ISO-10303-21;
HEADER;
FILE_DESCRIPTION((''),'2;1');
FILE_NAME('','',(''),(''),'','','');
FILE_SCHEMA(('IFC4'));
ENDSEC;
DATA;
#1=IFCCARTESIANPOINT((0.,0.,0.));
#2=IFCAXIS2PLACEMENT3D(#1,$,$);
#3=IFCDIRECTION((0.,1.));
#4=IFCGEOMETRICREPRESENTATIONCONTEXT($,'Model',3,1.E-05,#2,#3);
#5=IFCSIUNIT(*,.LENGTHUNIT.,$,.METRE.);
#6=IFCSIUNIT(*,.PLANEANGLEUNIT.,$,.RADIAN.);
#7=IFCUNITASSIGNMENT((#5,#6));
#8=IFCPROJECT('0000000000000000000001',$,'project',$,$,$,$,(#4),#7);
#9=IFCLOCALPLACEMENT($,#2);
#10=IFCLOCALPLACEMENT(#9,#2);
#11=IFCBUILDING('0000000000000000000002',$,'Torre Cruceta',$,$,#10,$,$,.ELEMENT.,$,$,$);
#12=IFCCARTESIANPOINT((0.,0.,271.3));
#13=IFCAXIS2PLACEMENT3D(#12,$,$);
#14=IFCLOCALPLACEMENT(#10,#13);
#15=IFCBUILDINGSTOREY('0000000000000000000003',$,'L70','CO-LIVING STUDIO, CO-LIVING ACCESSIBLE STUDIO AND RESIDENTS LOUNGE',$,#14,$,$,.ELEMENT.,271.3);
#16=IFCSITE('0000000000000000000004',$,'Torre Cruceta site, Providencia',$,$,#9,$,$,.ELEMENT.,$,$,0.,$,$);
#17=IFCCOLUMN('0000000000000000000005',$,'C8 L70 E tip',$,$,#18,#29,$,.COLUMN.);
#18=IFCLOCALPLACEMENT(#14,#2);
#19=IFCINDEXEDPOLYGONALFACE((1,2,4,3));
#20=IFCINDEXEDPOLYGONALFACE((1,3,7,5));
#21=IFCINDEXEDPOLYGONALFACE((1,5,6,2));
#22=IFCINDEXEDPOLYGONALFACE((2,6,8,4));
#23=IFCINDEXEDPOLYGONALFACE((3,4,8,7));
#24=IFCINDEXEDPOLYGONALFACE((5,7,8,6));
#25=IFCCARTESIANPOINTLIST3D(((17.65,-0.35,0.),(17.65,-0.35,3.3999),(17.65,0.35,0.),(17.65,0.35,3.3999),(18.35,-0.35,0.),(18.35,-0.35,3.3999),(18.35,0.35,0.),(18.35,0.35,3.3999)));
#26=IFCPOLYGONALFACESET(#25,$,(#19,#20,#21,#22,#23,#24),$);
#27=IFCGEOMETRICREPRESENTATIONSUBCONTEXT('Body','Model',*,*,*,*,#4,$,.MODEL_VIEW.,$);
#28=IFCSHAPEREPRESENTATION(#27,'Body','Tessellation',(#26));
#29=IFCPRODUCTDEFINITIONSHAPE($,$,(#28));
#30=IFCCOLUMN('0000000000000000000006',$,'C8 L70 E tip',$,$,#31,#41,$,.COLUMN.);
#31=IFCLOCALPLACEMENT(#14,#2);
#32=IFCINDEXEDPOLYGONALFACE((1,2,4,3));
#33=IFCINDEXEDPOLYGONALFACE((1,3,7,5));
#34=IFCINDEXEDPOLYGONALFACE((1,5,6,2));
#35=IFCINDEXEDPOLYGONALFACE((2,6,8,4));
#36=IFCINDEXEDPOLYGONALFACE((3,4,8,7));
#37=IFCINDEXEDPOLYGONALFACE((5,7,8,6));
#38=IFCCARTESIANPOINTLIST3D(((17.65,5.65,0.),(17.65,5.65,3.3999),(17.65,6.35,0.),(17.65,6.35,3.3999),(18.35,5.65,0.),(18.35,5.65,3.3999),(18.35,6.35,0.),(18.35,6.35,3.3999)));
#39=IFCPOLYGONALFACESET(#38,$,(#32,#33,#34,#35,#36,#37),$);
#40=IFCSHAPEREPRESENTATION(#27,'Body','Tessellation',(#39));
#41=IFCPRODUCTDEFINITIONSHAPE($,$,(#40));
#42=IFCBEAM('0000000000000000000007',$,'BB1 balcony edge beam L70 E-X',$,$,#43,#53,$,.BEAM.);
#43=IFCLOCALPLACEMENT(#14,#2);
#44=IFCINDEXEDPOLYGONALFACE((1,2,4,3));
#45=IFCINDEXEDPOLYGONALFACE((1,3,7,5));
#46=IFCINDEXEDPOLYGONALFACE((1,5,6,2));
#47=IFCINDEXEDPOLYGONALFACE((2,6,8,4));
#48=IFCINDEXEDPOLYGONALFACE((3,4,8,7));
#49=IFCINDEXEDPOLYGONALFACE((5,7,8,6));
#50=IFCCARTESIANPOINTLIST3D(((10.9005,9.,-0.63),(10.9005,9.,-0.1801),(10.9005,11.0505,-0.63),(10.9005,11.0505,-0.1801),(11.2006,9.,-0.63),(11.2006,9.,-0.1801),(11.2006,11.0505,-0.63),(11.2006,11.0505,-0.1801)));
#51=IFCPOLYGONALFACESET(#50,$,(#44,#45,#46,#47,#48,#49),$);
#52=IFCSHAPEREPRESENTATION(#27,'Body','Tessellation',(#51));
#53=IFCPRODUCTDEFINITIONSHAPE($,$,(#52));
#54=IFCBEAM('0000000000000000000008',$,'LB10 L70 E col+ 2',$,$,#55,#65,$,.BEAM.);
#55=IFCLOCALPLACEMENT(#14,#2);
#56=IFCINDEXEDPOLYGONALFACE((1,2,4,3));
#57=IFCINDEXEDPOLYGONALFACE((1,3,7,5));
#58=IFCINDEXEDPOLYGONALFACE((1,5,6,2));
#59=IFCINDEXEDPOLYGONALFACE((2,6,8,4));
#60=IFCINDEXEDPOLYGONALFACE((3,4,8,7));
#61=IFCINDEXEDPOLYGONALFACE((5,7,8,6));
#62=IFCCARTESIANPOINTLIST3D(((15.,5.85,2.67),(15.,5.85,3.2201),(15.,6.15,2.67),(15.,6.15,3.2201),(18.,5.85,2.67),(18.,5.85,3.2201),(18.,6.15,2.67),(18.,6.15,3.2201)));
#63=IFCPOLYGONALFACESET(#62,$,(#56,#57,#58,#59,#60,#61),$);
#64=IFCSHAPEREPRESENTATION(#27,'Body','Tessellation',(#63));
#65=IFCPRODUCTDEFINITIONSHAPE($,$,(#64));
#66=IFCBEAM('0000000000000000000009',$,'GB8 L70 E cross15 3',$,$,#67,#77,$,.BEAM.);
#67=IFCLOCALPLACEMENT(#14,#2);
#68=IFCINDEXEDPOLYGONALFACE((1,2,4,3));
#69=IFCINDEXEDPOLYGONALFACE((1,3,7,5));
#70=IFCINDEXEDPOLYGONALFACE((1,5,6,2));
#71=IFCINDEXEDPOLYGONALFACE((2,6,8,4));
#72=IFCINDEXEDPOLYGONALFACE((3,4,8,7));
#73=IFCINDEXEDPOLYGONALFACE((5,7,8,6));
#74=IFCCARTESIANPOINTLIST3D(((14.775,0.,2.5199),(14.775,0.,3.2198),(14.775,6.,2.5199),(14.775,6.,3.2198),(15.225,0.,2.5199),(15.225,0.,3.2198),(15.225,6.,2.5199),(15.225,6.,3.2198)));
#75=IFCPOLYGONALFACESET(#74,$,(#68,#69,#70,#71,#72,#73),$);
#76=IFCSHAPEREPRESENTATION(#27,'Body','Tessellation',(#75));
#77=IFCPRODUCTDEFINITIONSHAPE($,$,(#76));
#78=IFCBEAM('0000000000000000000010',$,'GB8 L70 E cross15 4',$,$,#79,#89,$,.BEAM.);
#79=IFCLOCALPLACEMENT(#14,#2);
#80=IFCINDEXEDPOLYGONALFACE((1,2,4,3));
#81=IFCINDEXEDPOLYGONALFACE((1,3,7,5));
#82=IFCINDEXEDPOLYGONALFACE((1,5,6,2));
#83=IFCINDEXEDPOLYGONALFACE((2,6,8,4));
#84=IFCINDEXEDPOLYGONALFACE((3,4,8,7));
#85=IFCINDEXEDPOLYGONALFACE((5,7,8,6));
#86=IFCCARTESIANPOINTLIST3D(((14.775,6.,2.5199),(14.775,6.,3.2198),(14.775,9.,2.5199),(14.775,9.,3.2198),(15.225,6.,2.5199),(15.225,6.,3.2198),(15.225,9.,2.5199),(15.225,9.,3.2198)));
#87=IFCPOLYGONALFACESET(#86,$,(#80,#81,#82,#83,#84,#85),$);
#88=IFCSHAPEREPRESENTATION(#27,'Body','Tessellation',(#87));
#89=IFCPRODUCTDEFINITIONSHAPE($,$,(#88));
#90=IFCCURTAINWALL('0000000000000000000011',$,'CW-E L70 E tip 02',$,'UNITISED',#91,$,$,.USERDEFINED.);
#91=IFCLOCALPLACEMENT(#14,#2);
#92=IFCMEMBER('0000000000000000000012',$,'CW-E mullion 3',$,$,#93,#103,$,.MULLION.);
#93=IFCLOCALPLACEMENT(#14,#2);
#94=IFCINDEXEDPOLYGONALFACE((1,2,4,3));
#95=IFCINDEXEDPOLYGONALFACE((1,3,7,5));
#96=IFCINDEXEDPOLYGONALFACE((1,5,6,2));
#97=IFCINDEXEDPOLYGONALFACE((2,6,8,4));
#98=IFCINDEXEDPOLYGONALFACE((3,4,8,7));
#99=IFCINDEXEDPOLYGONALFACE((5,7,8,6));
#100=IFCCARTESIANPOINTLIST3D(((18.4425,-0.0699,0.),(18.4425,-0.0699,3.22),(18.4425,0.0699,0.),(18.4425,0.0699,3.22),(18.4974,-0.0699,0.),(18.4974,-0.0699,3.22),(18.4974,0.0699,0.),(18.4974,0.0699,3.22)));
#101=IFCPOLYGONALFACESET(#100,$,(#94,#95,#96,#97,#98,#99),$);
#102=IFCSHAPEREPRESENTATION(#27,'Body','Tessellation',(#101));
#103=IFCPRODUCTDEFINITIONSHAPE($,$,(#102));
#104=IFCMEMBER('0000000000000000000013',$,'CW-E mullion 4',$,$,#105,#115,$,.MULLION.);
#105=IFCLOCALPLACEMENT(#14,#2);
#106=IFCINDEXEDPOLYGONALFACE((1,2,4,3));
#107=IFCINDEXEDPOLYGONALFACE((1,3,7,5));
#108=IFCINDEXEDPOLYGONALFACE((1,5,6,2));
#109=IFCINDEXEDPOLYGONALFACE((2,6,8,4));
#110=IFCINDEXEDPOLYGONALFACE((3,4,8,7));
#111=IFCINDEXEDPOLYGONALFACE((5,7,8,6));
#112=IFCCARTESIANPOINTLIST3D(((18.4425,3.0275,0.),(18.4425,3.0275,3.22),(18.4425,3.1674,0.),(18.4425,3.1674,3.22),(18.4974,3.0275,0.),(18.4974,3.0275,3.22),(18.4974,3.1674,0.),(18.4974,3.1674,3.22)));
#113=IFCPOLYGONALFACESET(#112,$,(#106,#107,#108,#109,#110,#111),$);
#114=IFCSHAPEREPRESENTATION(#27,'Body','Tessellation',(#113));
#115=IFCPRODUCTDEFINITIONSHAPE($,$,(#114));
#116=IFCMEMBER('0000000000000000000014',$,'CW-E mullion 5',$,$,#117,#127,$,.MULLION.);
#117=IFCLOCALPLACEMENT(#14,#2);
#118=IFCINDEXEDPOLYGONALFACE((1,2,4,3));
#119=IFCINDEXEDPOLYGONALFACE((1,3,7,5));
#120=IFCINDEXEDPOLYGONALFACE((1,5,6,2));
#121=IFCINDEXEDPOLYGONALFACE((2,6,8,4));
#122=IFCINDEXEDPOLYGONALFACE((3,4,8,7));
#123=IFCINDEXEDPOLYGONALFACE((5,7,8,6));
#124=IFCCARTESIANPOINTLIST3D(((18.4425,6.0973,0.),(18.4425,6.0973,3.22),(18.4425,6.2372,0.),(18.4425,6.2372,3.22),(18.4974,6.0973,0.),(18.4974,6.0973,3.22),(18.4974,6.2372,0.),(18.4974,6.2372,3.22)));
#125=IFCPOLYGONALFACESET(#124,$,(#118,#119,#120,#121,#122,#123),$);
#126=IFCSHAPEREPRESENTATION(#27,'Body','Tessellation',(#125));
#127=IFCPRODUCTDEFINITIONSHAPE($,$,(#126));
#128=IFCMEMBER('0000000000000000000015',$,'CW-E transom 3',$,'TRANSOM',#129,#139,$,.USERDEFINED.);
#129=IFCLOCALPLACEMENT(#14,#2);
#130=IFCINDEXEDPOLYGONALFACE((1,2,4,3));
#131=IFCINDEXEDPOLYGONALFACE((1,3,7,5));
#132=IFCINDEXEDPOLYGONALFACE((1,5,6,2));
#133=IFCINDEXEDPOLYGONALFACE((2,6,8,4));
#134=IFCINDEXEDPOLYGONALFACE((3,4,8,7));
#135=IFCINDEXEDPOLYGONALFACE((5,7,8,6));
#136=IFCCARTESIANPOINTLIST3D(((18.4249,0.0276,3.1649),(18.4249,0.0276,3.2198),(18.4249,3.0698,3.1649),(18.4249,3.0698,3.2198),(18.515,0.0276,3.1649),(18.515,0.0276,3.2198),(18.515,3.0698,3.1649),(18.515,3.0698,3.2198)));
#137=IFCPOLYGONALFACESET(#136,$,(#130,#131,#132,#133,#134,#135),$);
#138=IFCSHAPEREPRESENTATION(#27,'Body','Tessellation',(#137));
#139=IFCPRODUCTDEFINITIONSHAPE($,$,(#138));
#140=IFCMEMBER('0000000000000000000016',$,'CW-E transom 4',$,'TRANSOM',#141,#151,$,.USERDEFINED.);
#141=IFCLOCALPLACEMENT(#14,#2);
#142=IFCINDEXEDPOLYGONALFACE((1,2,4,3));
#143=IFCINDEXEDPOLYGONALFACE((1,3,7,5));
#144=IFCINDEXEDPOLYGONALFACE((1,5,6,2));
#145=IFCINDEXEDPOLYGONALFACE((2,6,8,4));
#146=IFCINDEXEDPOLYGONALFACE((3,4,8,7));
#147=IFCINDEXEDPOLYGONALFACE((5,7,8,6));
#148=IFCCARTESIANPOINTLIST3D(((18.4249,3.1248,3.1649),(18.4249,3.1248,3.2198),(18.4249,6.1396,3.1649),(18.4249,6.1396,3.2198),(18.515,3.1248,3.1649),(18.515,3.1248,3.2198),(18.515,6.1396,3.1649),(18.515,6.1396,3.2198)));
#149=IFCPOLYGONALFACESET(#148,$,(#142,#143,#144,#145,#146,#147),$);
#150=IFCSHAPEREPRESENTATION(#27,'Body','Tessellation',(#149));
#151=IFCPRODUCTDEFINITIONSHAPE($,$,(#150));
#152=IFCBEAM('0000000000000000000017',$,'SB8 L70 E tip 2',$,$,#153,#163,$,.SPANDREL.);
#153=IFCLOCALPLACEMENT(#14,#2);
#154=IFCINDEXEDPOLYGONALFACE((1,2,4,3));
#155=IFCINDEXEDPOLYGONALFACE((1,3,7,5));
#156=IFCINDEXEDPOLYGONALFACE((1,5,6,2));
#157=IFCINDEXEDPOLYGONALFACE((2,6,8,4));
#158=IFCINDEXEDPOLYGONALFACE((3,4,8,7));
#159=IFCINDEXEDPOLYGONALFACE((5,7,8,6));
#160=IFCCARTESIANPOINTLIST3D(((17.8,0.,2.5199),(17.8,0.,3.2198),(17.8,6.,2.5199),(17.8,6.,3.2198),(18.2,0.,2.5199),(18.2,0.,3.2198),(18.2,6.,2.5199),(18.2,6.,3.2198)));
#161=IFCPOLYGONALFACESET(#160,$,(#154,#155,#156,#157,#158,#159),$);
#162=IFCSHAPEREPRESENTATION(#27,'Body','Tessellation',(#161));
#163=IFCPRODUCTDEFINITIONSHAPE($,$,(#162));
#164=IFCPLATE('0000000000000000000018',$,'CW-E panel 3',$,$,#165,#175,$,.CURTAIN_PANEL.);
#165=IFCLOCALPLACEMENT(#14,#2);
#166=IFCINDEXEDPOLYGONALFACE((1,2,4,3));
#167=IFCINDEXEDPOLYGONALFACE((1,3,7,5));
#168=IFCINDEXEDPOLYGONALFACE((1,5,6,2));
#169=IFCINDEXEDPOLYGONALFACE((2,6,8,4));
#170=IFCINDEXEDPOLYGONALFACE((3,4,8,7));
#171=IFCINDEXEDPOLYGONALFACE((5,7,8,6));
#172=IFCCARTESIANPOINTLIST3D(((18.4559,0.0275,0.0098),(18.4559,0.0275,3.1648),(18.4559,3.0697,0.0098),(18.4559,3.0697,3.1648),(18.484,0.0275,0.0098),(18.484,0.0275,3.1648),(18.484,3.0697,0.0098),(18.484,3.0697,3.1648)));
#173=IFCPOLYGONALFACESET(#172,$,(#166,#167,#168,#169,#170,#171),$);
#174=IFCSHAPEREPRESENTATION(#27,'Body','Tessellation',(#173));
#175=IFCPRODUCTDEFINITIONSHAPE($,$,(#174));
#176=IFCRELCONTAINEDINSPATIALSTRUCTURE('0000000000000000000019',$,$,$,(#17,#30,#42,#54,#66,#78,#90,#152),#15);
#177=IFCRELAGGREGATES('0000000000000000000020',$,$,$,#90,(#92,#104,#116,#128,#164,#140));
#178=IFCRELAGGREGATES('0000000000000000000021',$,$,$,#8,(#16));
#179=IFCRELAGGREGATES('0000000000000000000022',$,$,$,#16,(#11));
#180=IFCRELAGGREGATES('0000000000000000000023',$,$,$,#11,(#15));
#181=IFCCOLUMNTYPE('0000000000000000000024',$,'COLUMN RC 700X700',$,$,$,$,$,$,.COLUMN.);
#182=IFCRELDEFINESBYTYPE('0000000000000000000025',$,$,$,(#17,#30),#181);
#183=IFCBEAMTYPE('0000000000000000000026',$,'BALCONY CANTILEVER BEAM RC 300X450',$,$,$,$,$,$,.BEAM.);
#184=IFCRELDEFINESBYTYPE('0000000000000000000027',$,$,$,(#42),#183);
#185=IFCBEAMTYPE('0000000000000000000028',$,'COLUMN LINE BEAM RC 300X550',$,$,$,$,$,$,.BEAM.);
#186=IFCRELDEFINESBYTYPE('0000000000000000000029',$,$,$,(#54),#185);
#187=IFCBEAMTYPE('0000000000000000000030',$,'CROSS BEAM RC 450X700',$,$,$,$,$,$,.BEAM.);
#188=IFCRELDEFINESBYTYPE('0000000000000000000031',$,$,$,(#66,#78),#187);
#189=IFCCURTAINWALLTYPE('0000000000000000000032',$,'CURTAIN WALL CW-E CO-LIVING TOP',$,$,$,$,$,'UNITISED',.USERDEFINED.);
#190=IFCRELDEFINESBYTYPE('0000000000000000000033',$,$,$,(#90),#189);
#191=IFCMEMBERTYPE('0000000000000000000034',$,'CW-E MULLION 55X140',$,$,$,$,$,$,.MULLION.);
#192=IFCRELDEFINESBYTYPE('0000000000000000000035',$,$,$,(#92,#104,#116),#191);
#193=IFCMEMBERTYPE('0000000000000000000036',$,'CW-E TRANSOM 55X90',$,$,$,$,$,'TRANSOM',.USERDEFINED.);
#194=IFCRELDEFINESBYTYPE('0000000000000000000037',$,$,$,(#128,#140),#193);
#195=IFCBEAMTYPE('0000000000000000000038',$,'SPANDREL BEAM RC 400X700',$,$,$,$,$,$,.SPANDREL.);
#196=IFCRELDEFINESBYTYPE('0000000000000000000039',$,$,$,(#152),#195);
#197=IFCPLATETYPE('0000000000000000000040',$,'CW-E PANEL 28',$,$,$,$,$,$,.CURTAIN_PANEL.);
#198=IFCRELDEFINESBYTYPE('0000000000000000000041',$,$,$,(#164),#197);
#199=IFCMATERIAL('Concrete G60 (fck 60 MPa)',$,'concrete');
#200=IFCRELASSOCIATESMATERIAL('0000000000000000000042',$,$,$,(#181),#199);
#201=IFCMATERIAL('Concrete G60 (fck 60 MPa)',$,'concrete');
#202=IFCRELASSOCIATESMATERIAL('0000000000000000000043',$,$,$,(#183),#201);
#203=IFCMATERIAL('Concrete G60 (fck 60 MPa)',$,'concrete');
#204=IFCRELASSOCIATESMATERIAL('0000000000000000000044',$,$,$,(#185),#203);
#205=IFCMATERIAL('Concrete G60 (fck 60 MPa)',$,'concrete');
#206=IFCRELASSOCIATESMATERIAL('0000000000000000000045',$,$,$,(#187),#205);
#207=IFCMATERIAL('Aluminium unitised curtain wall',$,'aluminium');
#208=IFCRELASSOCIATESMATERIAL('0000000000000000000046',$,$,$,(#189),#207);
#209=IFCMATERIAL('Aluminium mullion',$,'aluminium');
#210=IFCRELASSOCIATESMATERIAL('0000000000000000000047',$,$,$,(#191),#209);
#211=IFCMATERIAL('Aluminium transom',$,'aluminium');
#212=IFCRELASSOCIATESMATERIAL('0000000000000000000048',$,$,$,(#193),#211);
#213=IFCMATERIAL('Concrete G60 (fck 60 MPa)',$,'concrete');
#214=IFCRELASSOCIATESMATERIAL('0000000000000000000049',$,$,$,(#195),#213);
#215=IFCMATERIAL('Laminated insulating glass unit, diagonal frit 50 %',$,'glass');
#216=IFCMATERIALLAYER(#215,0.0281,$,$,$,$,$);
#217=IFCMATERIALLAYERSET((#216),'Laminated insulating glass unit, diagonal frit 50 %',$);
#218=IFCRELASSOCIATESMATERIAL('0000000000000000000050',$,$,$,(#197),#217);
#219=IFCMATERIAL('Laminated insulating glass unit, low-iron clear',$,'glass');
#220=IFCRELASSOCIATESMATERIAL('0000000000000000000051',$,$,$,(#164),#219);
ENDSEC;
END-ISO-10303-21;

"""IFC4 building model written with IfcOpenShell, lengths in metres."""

from ifc_helpers import new_model, si_unit, direction, frame, origin, origin_2d, place, context, subcontext, project, spatial, rectangle, extrude, material, layer, layer_set, material_profile, profile_set, type_object, element, aggregate, save


model = new_model("IFC4")

# Units and contexts
model_context = context("Model", 3, precision=1e-05, world=origin(), true_north=direction((0.0, 1.0)))
body_context = subcontext(model_context, "Body", "Model", "MODEL_VIEW")
ifc_project = project(units=[si_unit("LENGTHUNIT", "METRE"), si_unit("PLANEANGLEUNIT", "RADIAN")], contexts=[model_context])

# Site, building, storey
site_placement = place(None, origin())
site = spatial("IfcSite", under=ifc_project, at=site_placement, Name="Torre Cruceta site, Providencia", CompositionType="ELEMENT", RefElevation=0.0)
building_placement = place(site_placement, origin())
building = spatial("IfcBuilding", under=site, at=building_placement, Name="Torre Cruceta", CompositionType="ELEMENT")
storey_placement = place(building_placement, frame((0.0, 0.0, 271.3)))
storey = spatial("IfcBuildingStorey", under=building, at=storey_placement, Name="L70", Description="CO-LIVING STUDIO, CO-LIVING ACCESSIBLE STUDIO AND RESIDENTS LOUNGE", CompositionType="ELEMENT", Elevation=271.3)

# Columns
ifc_material_1 = material(Name="Concrete G60 (fck 60 MPa)", Category="concrete")
ifc_material_profile_1 = material_profile(ifc_material_1, rectangle(XDim=0.7, YDim=0.7, at=origin_2d()), Name="RC 700X700")
ifc_profile_set_1 = profile_set([ifc_material_profile_1], Name="Concrete G60 (fck 60 MPa)")
column_type = type_object("IfcColumnType", Name="COLUMN RC 700X700", PredefinedType="COLUMN", material=ifc_profile_set_1)
for number, where, z_axis, x_axis, name in (
    (1, (18.0, 0.0, 0.0), (0.0, 0.0, 1.0), (1.0, 0.0, 0.0), "C8 L70 E tip"),
    (2, (18.0, 6.0, 0.0), (0.0, 0.0, 1.0), (1.0, 0.0, 0.0), "C8 L70 E tip"),
):
    element("IfcColumn", number, at=place(storey_placement, frame(where, z_axis=z_axis, x_axis=x_axis)), inside=storey, type_object=column_type, Name=name, PredefinedType="COLUMN", context=body_context, shape_type="SweptSolid", body=[
        extrude(rectangle(XDim=0.7, YDim=0.7, at=origin_2d()), origin(), (0.0, 0.0, 1.0), 3.3999),
    ])

# Beams
ifc_material_2 = material(Name="Concrete G60 (fck 60 MPa)", Category="concrete")
ifc_material_profile_2 = material_profile(ifc_material_2, rectangle(XDim=0.3, YDim=0.45, at=origin_2d()), Name="RC 300X450")
ifc_profile_set_2 = profile_set([ifc_material_profile_2], Name="Concrete G60 (fck 60 MPa)")
beam_type_1 = type_object("IfcBeamType", Name="BALCONY CANTILEVER BEAM RC 300X450", PredefinedType="BEAM", material=ifc_profile_set_2)
beam_1_placement = place(storey_placement, frame((11.0505, 9.0, -0.405), z_axis=(0.0, 1.0, 0.0), x_axis=(-1.0, 0.0, 0.0)))
element("IfcBeam", 3, at=beam_1_placement, inside=storey, type_object=beam_type_1, Name="BB1 balcony edge beam L70 E-X", PredefinedType="BEAM", context=body_context, shape_type="SweptSolid", body=[
    extrude(rectangle(XDim=0.3, YDim=0.45, at=origin_2d()), origin(), (0.0, 0.0, 1.0), 2.0505),
])
ifc_material_3 = material(Name="Concrete G60 (fck 60 MPa)", Category="concrete")
ifc_material_profile_3 = material_profile(ifc_material_3, rectangle(XDim=0.3, YDim=0.55, at=origin_2d()), Name="RC 300X550")
ifc_profile_set_3 = profile_set([ifc_material_profile_3], Name="Concrete G60 (fck 60 MPa)")
beam_type_2 = type_object("IfcBeamType", Name="COLUMN LINE BEAM RC 300X550", PredefinedType="BEAM", material=ifc_profile_set_3)
beam_2_placement = place(storey_placement, frame((15.0, 6.0, 2.9451), z_axis=(1.0, 0.0, 0.0), x_axis=(0.0, 1.0, 0.0)))
element("IfcBeam", 4, at=beam_2_placement, inside=storey, type_object=beam_type_2, Name="LB10 L70 E col+ 2", PredefinedType="BEAM", context=body_context, shape_type="SweptSolid", body=[
    extrude(rectangle(XDim=0.3, YDim=0.55, at=origin_2d()), origin(), (0.0, 0.0, 1.0), 3.0),
])
ifc_material_4 = material(Name="Concrete G60 (fck 60 MPa)", Category="concrete")
ifc_material_profile_4 = material_profile(ifc_material_4, rectangle(XDim=0.45, YDim=0.7, at=origin_2d()), Name="RC 450X700")
ifc_profile_set_4 = profile_set([ifc_material_profile_4], Name="Concrete G60 (fck 60 MPa)")
beam_type_3 = type_object("IfcBeamType", Name="CROSS BEAM RC 450X700", PredefinedType="BEAM", material=ifc_profile_set_4)
beam_3_placement = place(storey_placement, frame((15.0, 0.0, 2.8699), z_axis=(0.0, 1.0, 0.0), x_axis=(-1.0, 0.0, 0.0)))
element("IfcBeam", 5, at=beam_3_placement, inside=storey, type_object=beam_type_3, Name="GB8 L70 E cross15 3", PredefinedType="BEAM", context=body_context, shape_type="SweptSolid", body=[
    extrude(rectangle(XDim=0.45, YDim=0.7, at=origin_2d()), origin(), (0.0, 0.0, 1.0), 6.0),
])
beam_4_placement = place(storey_placement, frame((15.0, 6.0, 2.8699), z_axis=(0.0, 1.0, 0.0), x_axis=(-1.0, 0.0, 0.0)))
element("IfcBeam", 6, at=beam_4_placement, inside=storey, type_object=beam_type_3, Name="GB8 L70 E cross15 4", PredefinedType="BEAM", context=body_context, shape_type="SweptSolid", body=[
    extrude(rectangle(XDim=0.45, YDim=0.7, at=origin_2d()), origin(), (0.0, 0.0, 1.0), 3.0),
])

# Curtain wall, members
ifc_material_5 = material(Name="Aluminium unitised curtain wall", Category="aluminium")
curtain_wall_type = type_object("IfcCurtainWallType", Name="CURTAIN WALL CW-E CO-LIVING TOP", ElementType="UNITISED", PredefinedType="USERDEFINED", material=ifc_material_5)
curtain_wall_placement = place(storey_placement, origin())
curtain_wall = element("IfcCurtainWall", 7, at=curtain_wall_placement, inside=storey, type_object=curtain_wall_type, Name="CW-E L70 E tip 02", ObjectType="UNITISED", PredefinedType="USERDEFINED")
ifc_material_6 = material(Name="Aluminium mullion", Category="aluminium")
ifc_material_profile_5 = material_profile(ifc_material_6, rectangle(XDim=0.0549, YDim=0.1399, at=origin_2d()), Name="AL 55X140")
ifc_profile_set_5 = profile_set([ifc_material_profile_5], Name="Aluminium mullion")
member_type_1 = type_object("IfcMemberType", Name="CW-E MULLION 55X140", PredefinedType="MULLION", material=ifc_profile_set_5)
member_1_placement = place(storey_placement, frame((18.47, 0.0, 0.0), z_axis=(0.0, 0.0, 1.0), x_axis=(-1.0, 0.0, 0.0)))
member_1 = element("IfcMember", 8, at=member_1_placement, type_object=member_type_1, Name="CW-E mullion 3", PredefinedType="MULLION", context=body_context, shape_type="SweptSolid", body=[
    extrude(rectangle(XDim=0.0549, YDim=0.1399, at=origin_2d()), origin(), (0.0, 0.0, 1.0), 3.22),
])
member_2_placement = place(storey_placement, frame((18.47, 3.0974, 0.0), z_axis=(0.0, 0.0, 1.0), x_axis=(-1.0, 0.0, 0.0)))
member_2 = element("IfcMember", 9, at=member_2_placement, type_object=member_type_1, Name="CW-E mullion 4", PredefinedType="MULLION", context=body_context, shape_type="SweptSolid", body=[
    extrude(rectangle(XDim=0.0549, YDim=0.1399, at=origin_2d()), origin(), (0.0, 0.0, 1.0), 3.22),
])
member_3_placement = place(storey_placement, frame((18.47, 6.1672, 0.0), z_axis=(0.0, 0.0, 1.0), x_axis=(-1.0, 0.0, 0.0)))
member_3 = element("IfcMember", 10, at=member_3_placement, type_object=member_type_1, Name="CW-E mullion 5", PredefinedType="MULLION", context=body_context, shape_type="SweptSolid", body=[
    extrude(rectangle(XDim=0.0549, YDim=0.1399, at=origin_2d()), origin(), (0.0, 0.0, 1.0), 3.22),
])
ifc_material_7 = material(Name="Aluminium transom", Category="aluminium")
ifc_material_profile_6 = material_profile(ifc_material_7, rectangle(XDim=0.0901, YDim=0.0549, at=origin_2d()), Name="AL 90X55")
ifc_profile_set_6 = profile_set([ifc_material_profile_6], Name="Aluminium transom")
member_type_2 = type_object("IfcMemberType", Name="CW-E TRANSOM 55X90", ElementType="TRANSOM", PredefinedType="USERDEFINED", material=ifc_profile_set_6)
member_4_placement = place(storey_placement, frame((18.47, 0.0276, 3.1924), z_axis=(0.0, 1.0, 0.0), x_axis=(-1.0, 0.0, 0.0)))
member_4 = element("IfcMember", 11, at=member_4_placement, type_object=member_type_2, Name="CW-E transom 3", ObjectType="TRANSOM", PredefinedType="USERDEFINED", context=body_context, shape_type="SweptSolid", body=[
    extrude(rectangle(XDim=0.0901, YDim=0.0549, at=origin_2d()), origin(), (0.0, 0.0, 1.0), 3.0422),
])
member_5_placement = place(storey_placement, frame((18.47, 3.1248, 3.1924), z_axis=(0.0, 1.0, 0.0), x_axis=(-1.0, 0.0, 0.0)))
member_5 = element("IfcMember", 12, at=member_5_placement, type_object=member_type_2, Name="CW-E transom 4", ObjectType="TRANSOM", PredefinedType="USERDEFINED", context=body_context, shape_type="SweptSolid", body=[
    extrude(rectangle(XDim=0.0901, YDim=0.0549, at=origin_2d()), origin(), (0.0, 0.0, 1.0), 3.0149),
])

# Beam
ifc_material_8 = material(Name="Concrete G60 (fck 60 MPa)", Category="concrete")
ifc_material_profile_7 = material_profile(ifc_material_8, rectangle(XDim=0.3999, YDim=0.7, at=origin_2d()), Name="RC 400X700")
ifc_profile_set_7 = profile_set([ifc_material_profile_7], Name="Concrete G60 (fck 60 MPa)")
beam_type_4 = type_object("IfcBeamType", Name="SPANDREL BEAM RC 400X700", PredefinedType="SPANDREL", material=ifc_profile_set_7)
beam_5_placement = place(storey_placement, frame((18.0, 0.0, 2.8699), z_axis=(0.0, 1.0, 0.0), x_axis=(-1.0, 0.0, 0.0)))
element("IfcBeam", 13, at=beam_5_placement, inside=storey, type_object=beam_type_4, Name="SB8 L70 E tip 2", PredefinedType="SPANDREL", context=body_context, shape_type="SweptSolid", body=[
    extrude(rectangle(XDim=0.3999, YDim=0.7, at=origin_2d()), origin(), (0.0, 0.0, 1.0), 6.0),
])

# Plate
ifc_material_9 = material(Name="Laminated insulating glass unit, low-iron clear", Category="glass")
ifc_material_10 = material(Name="Laminated insulating glass unit, diagonal frit 50 %", Category="glass")
ifc_layer_1 = layer(ifc_material_10, 0.0281)
ifc_layer_set_1 = layer_set([ifc_layer_1], Name="Laminated insulating glass unit, diagonal frit 50 %")
plate_type = type_object("IfcPlateType", Name="CW-E PANEL 28", PredefinedType="CURTAIN_PANEL", material=ifc_layer_set_1)
plate_1_placement = place(storey_placement, frame((18.47, 1.5486, 0.0098), z_axis=(0.0, 0.0, 1.0), x_axis=(0.0, 1.0, 0.0)))
plate_1 = element("IfcPlate", 14, at=plate_1_placement, type_object=plate_type, material=ifc_material_9, Name="CW-E panel 3", PredefinedType="CURTAIN_PANEL", context=body_context, shape_type="SweptSolid", body=[
    extrude(rectangle(XDim=3.0422, YDim=0.0281, at=origin_2d()), origin(), (0.0, 0.0, 1.0), 3.155),
])
aggregate(curtain_wall, [member_1, member_2, member_3, member_4, plate_1, member_5])

save(model, "model.ifc")
